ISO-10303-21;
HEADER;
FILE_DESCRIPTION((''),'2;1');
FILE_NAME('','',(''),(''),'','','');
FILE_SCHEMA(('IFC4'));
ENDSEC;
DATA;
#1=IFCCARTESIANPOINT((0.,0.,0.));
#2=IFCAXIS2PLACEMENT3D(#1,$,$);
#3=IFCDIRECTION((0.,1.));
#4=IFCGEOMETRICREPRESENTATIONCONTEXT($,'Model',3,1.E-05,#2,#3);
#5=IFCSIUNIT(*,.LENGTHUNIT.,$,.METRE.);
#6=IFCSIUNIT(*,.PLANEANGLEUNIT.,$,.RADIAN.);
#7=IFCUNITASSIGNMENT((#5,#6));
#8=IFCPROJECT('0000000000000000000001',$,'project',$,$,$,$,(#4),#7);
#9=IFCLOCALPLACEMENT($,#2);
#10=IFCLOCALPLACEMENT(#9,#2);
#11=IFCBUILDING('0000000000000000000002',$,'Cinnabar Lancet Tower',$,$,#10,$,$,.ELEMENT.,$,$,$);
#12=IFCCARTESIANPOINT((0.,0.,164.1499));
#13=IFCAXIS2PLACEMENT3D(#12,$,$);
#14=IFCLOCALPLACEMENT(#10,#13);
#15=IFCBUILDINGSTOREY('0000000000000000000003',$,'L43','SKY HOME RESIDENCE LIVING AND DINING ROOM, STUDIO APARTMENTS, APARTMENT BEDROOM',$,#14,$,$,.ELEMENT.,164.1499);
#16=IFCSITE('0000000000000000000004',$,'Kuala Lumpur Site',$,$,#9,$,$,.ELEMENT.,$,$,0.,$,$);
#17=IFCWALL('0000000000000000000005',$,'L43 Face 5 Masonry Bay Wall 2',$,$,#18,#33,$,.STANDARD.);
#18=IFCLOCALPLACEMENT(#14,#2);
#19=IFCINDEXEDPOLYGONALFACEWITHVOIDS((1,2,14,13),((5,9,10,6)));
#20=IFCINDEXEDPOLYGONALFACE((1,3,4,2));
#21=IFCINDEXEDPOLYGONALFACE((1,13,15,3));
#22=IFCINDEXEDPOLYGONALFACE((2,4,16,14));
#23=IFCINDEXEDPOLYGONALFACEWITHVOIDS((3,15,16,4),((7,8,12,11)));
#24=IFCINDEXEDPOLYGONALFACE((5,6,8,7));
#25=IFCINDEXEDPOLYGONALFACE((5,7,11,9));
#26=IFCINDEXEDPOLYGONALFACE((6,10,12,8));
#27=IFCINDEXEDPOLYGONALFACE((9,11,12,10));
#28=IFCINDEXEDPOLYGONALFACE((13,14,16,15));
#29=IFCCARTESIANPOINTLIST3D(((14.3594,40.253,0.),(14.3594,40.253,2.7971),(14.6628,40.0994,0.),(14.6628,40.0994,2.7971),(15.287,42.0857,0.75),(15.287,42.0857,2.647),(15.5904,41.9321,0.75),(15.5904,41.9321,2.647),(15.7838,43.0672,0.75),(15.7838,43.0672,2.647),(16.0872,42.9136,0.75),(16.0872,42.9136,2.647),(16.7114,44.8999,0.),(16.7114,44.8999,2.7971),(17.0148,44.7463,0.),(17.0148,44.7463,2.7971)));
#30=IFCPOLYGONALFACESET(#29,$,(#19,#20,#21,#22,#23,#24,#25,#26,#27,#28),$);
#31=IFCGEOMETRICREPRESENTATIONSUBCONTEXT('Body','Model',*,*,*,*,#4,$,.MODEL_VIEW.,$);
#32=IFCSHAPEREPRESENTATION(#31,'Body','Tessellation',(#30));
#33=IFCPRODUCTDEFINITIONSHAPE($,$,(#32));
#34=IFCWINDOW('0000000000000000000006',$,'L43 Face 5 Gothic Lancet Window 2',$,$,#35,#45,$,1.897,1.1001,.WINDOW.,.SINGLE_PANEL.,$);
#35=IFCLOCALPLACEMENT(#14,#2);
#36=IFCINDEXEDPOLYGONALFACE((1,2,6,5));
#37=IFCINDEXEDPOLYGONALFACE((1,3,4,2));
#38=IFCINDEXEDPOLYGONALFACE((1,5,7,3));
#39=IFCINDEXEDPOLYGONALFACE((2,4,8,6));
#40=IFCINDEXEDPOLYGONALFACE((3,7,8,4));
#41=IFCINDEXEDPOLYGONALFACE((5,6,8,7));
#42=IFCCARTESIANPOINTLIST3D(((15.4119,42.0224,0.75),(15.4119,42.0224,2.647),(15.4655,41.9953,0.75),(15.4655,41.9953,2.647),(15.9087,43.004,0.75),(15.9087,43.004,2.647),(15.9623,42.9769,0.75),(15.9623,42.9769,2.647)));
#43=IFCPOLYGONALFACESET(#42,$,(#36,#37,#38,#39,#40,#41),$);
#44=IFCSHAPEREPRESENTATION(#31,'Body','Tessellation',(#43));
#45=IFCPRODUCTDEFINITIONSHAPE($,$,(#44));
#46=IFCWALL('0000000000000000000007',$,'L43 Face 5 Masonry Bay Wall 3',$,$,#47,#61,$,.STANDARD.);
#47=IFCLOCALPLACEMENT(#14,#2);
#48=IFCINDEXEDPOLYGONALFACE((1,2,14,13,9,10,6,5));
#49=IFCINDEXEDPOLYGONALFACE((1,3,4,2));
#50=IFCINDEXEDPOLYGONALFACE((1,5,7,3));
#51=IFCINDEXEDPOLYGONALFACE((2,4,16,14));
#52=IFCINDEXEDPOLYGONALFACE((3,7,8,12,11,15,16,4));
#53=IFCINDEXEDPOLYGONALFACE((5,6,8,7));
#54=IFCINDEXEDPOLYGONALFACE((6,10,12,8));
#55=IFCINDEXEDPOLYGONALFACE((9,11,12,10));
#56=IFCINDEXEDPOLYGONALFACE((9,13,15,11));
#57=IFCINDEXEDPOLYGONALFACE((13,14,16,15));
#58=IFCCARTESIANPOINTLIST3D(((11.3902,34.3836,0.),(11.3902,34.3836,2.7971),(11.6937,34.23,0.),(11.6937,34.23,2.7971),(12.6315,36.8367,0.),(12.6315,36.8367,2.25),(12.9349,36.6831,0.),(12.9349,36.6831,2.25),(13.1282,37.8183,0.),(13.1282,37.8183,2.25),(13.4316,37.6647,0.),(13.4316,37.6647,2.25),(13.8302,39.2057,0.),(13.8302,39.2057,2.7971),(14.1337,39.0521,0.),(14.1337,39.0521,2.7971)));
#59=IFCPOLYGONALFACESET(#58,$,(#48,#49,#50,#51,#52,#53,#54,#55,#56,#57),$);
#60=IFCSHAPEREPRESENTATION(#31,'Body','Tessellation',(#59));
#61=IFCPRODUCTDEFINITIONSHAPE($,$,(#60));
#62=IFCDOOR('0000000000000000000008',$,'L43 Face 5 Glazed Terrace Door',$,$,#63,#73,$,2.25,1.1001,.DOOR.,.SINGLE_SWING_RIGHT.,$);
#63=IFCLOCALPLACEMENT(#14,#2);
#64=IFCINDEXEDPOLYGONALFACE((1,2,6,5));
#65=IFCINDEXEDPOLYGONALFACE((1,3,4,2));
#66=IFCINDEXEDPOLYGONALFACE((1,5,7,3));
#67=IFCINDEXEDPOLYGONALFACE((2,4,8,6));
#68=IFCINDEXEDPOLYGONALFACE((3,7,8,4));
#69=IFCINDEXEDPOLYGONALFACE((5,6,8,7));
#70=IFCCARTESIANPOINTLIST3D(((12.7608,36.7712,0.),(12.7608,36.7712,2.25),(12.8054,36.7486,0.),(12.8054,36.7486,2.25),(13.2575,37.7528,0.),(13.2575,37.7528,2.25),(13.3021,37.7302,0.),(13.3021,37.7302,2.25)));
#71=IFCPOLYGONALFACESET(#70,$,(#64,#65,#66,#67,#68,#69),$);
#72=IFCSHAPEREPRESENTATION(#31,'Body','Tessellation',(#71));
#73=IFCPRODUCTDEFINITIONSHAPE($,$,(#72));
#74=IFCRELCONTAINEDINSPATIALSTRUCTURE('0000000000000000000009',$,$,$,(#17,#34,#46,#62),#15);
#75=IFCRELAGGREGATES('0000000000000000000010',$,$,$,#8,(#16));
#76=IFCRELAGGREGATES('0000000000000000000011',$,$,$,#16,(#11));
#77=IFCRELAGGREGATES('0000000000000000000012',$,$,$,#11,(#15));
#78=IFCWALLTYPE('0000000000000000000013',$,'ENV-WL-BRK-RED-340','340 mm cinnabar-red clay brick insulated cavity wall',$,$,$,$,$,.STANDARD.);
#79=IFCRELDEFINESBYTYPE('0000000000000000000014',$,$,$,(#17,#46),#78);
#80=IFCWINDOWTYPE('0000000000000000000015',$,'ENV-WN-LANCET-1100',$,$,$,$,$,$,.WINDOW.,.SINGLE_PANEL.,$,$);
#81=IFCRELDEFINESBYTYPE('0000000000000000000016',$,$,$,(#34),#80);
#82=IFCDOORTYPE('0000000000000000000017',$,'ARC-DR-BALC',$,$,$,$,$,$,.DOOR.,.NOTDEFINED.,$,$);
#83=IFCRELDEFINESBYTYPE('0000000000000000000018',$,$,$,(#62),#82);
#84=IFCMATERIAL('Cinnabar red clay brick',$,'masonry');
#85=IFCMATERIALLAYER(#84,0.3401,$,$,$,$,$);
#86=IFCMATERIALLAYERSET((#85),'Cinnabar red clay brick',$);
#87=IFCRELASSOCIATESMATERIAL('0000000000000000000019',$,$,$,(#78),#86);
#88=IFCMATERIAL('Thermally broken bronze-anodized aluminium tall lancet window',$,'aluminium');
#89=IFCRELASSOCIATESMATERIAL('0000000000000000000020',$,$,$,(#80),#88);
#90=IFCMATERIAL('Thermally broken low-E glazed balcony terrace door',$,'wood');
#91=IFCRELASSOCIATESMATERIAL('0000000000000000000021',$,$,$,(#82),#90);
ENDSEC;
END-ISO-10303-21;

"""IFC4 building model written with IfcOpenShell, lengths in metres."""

from ifc_helpers import new_model, si_unit, direction, frame, frame_2d, origin, place, context, subcontext, project, spatial, rectangle, extrude, material, layer, layer_set, type_object, element, fill, save


model = new_model("IFC4")

# Units and contexts
model_context = context("Model", 3, precision=1e-05, world=origin(), true_north=direction((0.0, 1.0)))
body_context = subcontext(model_context, "Body", "Model", "MODEL_VIEW")
ifc_project = project(units=[si_unit("LENGTHUNIT", "METRE"), si_unit("PLANEANGLEUNIT", "RADIAN")], contexts=[model_context])

# Site, building, storey
site_placement = place(None, origin())
site = spatial("IfcSite", under=ifc_project, at=site_placement, Name="Kuala Lumpur Site", CompositionType="ELEMENT", RefElevation=0.0)
building_placement = place(site_placement, origin())
building = spatial("IfcBuilding", under=site, at=building_placement, Name="Cinnabar Lancet Tower", CompositionType="ELEMENT")
storey_placement = place(building_placement, frame((0.0, 0.0, 164.1499)))
storey = spatial("IfcBuildingStorey", under=building, at=storey_placement, Name="L43", Description="SKY HOME RESIDENCE LIVING AND DINING ROOM, STUDIO APARTMENTS, APARTMENT BEDROOM", CompositionType="ELEMENT", Elevation=164.1499)

# Shared definitions
ifc_material_1 = material(Name="Cinnabar red clay brick", Category="masonry")
ifc_layer_1 = layer(ifc_material_1, 0.3401)
ifc_layer_set_1 = layer_set([ifc_layer_1], Name="Cinnabar red clay brick")
wall_type_1 = type_object("IfcWallType", Name="ENV-WL-BRK-RED-340", Description="340 mm cinnabar-red clay brick insulated cavity wall", PredefinedType="STANDARD", material=ifc_layer_set_1)

# Wall, opening, window
wall_1_placement = place(storey_placement, frame((16.863, 44.823, 0.0), z_axis=(0.0, 0.0, 1.0), x_axis=(-0.451596, -0.892223, 0.0)))
wall_1 = element("IfcWall", 1, at=wall_1_placement, inside=storey, type_object=wall_type_1, Name="L43 Face 5 Masonry Bay Wall 2", PredefinedType="STANDARD", context=body_context, shape_type="SweptSolid", body=[
    extrude(rectangle(XDim=5.2083, YDim=0.3401, at=frame_2d((2.604, 0.0))), origin(), (0.0, 0.0, 1.0), 2.7971),
])
opening_1_placement = place(wall_1_placement, frame((2.054, 0.0, 0.75)))
opening_1 = element("IfcOpeningElement", 2, at=opening_1_placement, cuts=wall_1, PredefinedType="OPENING", context=body_context, shape_type="SweptSolid", body=[
    extrude(rectangle(XDim=1.1001, YDim=1.897, at=frame_2d((0.55, 0.9485))), frame((0.0, 0.1799, 0.0), z_axis=(0.0, -1.0, 0.0), x_axis=(1.0, 0.0, 0.0)), (0.0, 0.0, 1.0), 0.3601),
])
ifc_material_2 = material(Name="Thermally broken bronze-anodized aluminium tall lancet window", Category="aluminium")
window_type = type_object("IfcWindowType", Name="ENV-WN-LANCET-1100", PartitioningType="SINGLE_PANEL", PredefinedType="WINDOW", material=ifc_material_2)
window_placement = place(opening_1_placement, origin())
window = element("IfcWindow", 3, at=window_placement, inside=storey, type_object=window_type, Name="L43 Face 5 Gothic Lancet Window 2", OverallHeight=1.897, OverallWidth=1.1001, PartitioningType="SINGLE_PANEL", PredefinedType="WINDOW", context=body_context, shape_type="SweptSolid", body=[
    extrude(rectangle(XDim=1.1001, YDim=1.897, at=frame_2d((0.55, 0.9485))), frame((0.0, 0.03, 0.0), z_axis=(0.0, -1.0, 0.0), x_axis=(1.0, 0.0, 0.0)), (0.0, 0.0, 1.0), 0.0601),
])
fill(opening_1, window)

# Wall, opening, door
wall_2_placement = place(storey_placement, frame((13.9819, 39.1289, 0.0), z_axis=(0.0, 0.0, 1.0), x_axis=(-0.451491, -0.892276, 0.0)))
wall_2 = element("IfcWall", 4, at=wall_2_placement, inside=storey, type_object=wall_type_1, Name="L43 Face 5 Masonry Bay Wall 3", PredefinedType="STANDARD", context=body_context, shape_type="SweptSolid", body=[
    extrude(rectangle(XDim=5.4043, YDim=0.3401, at=frame_2d((2.7021, 0.0))), origin(), (0.0, 0.0, 1.0), 2.7971),
])
opening_2_placement = place(wall_2_placement, frame((1.5549, 0.0, 0.0)))
opening_2 = element("IfcOpeningElement", 5, at=opening_2_placement, cuts=wall_2, PredefinedType="OPENING", context=body_context, shape_type="SweptSolid", body=[
    extrude(rectangle(XDim=1.1001, YDim=2.25, at=frame_2d((0.55, 1.125))), frame((0.0, 0.1799, 0.0), z_axis=(0.0, -1.0, 0.0), x_axis=(1.0, 0.0, 0.0)), (0.0, 0.0, 1.0), 0.3601),
])
ifc_material_3 = material(Name="Thermally broken low-E glazed balcony terrace door", Category="wood")
door_type_1 = type_object("IfcDoorType", Name="ARC-DR-BALC", OperationType="NOTDEFINED", PredefinedType="DOOR", material=ifc_material_3)
door_1_placement = place(opening_2_placement, origin())
door_1 = element("IfcDoor", 6, at=door_1_placement, inside=storey, type_object=door_type_1, Name="L43 Face 5 Glazed Terrace Door", OperationType="SINGLE_SWING_RIGHT", OverallHeight=2.25, OverallWidth=1.1001, PredefinedType="DOOR", context=body_context, shape_type="SweptSolid", body=[
    extrude(rectangle(XDim=1.1001, YDim=2.25, at=frame_2d((0.55, 1.125))), frame((0.0, 0.0249, 0.0), z_axis=(0.0, -1.0, 0.0), x_axis=(1.0, 0.0, 0.0)), (0.0, 0.0, 1.0), 0.05),
])
fill(opening_2, door_1)

save(model, "model.ifc")
